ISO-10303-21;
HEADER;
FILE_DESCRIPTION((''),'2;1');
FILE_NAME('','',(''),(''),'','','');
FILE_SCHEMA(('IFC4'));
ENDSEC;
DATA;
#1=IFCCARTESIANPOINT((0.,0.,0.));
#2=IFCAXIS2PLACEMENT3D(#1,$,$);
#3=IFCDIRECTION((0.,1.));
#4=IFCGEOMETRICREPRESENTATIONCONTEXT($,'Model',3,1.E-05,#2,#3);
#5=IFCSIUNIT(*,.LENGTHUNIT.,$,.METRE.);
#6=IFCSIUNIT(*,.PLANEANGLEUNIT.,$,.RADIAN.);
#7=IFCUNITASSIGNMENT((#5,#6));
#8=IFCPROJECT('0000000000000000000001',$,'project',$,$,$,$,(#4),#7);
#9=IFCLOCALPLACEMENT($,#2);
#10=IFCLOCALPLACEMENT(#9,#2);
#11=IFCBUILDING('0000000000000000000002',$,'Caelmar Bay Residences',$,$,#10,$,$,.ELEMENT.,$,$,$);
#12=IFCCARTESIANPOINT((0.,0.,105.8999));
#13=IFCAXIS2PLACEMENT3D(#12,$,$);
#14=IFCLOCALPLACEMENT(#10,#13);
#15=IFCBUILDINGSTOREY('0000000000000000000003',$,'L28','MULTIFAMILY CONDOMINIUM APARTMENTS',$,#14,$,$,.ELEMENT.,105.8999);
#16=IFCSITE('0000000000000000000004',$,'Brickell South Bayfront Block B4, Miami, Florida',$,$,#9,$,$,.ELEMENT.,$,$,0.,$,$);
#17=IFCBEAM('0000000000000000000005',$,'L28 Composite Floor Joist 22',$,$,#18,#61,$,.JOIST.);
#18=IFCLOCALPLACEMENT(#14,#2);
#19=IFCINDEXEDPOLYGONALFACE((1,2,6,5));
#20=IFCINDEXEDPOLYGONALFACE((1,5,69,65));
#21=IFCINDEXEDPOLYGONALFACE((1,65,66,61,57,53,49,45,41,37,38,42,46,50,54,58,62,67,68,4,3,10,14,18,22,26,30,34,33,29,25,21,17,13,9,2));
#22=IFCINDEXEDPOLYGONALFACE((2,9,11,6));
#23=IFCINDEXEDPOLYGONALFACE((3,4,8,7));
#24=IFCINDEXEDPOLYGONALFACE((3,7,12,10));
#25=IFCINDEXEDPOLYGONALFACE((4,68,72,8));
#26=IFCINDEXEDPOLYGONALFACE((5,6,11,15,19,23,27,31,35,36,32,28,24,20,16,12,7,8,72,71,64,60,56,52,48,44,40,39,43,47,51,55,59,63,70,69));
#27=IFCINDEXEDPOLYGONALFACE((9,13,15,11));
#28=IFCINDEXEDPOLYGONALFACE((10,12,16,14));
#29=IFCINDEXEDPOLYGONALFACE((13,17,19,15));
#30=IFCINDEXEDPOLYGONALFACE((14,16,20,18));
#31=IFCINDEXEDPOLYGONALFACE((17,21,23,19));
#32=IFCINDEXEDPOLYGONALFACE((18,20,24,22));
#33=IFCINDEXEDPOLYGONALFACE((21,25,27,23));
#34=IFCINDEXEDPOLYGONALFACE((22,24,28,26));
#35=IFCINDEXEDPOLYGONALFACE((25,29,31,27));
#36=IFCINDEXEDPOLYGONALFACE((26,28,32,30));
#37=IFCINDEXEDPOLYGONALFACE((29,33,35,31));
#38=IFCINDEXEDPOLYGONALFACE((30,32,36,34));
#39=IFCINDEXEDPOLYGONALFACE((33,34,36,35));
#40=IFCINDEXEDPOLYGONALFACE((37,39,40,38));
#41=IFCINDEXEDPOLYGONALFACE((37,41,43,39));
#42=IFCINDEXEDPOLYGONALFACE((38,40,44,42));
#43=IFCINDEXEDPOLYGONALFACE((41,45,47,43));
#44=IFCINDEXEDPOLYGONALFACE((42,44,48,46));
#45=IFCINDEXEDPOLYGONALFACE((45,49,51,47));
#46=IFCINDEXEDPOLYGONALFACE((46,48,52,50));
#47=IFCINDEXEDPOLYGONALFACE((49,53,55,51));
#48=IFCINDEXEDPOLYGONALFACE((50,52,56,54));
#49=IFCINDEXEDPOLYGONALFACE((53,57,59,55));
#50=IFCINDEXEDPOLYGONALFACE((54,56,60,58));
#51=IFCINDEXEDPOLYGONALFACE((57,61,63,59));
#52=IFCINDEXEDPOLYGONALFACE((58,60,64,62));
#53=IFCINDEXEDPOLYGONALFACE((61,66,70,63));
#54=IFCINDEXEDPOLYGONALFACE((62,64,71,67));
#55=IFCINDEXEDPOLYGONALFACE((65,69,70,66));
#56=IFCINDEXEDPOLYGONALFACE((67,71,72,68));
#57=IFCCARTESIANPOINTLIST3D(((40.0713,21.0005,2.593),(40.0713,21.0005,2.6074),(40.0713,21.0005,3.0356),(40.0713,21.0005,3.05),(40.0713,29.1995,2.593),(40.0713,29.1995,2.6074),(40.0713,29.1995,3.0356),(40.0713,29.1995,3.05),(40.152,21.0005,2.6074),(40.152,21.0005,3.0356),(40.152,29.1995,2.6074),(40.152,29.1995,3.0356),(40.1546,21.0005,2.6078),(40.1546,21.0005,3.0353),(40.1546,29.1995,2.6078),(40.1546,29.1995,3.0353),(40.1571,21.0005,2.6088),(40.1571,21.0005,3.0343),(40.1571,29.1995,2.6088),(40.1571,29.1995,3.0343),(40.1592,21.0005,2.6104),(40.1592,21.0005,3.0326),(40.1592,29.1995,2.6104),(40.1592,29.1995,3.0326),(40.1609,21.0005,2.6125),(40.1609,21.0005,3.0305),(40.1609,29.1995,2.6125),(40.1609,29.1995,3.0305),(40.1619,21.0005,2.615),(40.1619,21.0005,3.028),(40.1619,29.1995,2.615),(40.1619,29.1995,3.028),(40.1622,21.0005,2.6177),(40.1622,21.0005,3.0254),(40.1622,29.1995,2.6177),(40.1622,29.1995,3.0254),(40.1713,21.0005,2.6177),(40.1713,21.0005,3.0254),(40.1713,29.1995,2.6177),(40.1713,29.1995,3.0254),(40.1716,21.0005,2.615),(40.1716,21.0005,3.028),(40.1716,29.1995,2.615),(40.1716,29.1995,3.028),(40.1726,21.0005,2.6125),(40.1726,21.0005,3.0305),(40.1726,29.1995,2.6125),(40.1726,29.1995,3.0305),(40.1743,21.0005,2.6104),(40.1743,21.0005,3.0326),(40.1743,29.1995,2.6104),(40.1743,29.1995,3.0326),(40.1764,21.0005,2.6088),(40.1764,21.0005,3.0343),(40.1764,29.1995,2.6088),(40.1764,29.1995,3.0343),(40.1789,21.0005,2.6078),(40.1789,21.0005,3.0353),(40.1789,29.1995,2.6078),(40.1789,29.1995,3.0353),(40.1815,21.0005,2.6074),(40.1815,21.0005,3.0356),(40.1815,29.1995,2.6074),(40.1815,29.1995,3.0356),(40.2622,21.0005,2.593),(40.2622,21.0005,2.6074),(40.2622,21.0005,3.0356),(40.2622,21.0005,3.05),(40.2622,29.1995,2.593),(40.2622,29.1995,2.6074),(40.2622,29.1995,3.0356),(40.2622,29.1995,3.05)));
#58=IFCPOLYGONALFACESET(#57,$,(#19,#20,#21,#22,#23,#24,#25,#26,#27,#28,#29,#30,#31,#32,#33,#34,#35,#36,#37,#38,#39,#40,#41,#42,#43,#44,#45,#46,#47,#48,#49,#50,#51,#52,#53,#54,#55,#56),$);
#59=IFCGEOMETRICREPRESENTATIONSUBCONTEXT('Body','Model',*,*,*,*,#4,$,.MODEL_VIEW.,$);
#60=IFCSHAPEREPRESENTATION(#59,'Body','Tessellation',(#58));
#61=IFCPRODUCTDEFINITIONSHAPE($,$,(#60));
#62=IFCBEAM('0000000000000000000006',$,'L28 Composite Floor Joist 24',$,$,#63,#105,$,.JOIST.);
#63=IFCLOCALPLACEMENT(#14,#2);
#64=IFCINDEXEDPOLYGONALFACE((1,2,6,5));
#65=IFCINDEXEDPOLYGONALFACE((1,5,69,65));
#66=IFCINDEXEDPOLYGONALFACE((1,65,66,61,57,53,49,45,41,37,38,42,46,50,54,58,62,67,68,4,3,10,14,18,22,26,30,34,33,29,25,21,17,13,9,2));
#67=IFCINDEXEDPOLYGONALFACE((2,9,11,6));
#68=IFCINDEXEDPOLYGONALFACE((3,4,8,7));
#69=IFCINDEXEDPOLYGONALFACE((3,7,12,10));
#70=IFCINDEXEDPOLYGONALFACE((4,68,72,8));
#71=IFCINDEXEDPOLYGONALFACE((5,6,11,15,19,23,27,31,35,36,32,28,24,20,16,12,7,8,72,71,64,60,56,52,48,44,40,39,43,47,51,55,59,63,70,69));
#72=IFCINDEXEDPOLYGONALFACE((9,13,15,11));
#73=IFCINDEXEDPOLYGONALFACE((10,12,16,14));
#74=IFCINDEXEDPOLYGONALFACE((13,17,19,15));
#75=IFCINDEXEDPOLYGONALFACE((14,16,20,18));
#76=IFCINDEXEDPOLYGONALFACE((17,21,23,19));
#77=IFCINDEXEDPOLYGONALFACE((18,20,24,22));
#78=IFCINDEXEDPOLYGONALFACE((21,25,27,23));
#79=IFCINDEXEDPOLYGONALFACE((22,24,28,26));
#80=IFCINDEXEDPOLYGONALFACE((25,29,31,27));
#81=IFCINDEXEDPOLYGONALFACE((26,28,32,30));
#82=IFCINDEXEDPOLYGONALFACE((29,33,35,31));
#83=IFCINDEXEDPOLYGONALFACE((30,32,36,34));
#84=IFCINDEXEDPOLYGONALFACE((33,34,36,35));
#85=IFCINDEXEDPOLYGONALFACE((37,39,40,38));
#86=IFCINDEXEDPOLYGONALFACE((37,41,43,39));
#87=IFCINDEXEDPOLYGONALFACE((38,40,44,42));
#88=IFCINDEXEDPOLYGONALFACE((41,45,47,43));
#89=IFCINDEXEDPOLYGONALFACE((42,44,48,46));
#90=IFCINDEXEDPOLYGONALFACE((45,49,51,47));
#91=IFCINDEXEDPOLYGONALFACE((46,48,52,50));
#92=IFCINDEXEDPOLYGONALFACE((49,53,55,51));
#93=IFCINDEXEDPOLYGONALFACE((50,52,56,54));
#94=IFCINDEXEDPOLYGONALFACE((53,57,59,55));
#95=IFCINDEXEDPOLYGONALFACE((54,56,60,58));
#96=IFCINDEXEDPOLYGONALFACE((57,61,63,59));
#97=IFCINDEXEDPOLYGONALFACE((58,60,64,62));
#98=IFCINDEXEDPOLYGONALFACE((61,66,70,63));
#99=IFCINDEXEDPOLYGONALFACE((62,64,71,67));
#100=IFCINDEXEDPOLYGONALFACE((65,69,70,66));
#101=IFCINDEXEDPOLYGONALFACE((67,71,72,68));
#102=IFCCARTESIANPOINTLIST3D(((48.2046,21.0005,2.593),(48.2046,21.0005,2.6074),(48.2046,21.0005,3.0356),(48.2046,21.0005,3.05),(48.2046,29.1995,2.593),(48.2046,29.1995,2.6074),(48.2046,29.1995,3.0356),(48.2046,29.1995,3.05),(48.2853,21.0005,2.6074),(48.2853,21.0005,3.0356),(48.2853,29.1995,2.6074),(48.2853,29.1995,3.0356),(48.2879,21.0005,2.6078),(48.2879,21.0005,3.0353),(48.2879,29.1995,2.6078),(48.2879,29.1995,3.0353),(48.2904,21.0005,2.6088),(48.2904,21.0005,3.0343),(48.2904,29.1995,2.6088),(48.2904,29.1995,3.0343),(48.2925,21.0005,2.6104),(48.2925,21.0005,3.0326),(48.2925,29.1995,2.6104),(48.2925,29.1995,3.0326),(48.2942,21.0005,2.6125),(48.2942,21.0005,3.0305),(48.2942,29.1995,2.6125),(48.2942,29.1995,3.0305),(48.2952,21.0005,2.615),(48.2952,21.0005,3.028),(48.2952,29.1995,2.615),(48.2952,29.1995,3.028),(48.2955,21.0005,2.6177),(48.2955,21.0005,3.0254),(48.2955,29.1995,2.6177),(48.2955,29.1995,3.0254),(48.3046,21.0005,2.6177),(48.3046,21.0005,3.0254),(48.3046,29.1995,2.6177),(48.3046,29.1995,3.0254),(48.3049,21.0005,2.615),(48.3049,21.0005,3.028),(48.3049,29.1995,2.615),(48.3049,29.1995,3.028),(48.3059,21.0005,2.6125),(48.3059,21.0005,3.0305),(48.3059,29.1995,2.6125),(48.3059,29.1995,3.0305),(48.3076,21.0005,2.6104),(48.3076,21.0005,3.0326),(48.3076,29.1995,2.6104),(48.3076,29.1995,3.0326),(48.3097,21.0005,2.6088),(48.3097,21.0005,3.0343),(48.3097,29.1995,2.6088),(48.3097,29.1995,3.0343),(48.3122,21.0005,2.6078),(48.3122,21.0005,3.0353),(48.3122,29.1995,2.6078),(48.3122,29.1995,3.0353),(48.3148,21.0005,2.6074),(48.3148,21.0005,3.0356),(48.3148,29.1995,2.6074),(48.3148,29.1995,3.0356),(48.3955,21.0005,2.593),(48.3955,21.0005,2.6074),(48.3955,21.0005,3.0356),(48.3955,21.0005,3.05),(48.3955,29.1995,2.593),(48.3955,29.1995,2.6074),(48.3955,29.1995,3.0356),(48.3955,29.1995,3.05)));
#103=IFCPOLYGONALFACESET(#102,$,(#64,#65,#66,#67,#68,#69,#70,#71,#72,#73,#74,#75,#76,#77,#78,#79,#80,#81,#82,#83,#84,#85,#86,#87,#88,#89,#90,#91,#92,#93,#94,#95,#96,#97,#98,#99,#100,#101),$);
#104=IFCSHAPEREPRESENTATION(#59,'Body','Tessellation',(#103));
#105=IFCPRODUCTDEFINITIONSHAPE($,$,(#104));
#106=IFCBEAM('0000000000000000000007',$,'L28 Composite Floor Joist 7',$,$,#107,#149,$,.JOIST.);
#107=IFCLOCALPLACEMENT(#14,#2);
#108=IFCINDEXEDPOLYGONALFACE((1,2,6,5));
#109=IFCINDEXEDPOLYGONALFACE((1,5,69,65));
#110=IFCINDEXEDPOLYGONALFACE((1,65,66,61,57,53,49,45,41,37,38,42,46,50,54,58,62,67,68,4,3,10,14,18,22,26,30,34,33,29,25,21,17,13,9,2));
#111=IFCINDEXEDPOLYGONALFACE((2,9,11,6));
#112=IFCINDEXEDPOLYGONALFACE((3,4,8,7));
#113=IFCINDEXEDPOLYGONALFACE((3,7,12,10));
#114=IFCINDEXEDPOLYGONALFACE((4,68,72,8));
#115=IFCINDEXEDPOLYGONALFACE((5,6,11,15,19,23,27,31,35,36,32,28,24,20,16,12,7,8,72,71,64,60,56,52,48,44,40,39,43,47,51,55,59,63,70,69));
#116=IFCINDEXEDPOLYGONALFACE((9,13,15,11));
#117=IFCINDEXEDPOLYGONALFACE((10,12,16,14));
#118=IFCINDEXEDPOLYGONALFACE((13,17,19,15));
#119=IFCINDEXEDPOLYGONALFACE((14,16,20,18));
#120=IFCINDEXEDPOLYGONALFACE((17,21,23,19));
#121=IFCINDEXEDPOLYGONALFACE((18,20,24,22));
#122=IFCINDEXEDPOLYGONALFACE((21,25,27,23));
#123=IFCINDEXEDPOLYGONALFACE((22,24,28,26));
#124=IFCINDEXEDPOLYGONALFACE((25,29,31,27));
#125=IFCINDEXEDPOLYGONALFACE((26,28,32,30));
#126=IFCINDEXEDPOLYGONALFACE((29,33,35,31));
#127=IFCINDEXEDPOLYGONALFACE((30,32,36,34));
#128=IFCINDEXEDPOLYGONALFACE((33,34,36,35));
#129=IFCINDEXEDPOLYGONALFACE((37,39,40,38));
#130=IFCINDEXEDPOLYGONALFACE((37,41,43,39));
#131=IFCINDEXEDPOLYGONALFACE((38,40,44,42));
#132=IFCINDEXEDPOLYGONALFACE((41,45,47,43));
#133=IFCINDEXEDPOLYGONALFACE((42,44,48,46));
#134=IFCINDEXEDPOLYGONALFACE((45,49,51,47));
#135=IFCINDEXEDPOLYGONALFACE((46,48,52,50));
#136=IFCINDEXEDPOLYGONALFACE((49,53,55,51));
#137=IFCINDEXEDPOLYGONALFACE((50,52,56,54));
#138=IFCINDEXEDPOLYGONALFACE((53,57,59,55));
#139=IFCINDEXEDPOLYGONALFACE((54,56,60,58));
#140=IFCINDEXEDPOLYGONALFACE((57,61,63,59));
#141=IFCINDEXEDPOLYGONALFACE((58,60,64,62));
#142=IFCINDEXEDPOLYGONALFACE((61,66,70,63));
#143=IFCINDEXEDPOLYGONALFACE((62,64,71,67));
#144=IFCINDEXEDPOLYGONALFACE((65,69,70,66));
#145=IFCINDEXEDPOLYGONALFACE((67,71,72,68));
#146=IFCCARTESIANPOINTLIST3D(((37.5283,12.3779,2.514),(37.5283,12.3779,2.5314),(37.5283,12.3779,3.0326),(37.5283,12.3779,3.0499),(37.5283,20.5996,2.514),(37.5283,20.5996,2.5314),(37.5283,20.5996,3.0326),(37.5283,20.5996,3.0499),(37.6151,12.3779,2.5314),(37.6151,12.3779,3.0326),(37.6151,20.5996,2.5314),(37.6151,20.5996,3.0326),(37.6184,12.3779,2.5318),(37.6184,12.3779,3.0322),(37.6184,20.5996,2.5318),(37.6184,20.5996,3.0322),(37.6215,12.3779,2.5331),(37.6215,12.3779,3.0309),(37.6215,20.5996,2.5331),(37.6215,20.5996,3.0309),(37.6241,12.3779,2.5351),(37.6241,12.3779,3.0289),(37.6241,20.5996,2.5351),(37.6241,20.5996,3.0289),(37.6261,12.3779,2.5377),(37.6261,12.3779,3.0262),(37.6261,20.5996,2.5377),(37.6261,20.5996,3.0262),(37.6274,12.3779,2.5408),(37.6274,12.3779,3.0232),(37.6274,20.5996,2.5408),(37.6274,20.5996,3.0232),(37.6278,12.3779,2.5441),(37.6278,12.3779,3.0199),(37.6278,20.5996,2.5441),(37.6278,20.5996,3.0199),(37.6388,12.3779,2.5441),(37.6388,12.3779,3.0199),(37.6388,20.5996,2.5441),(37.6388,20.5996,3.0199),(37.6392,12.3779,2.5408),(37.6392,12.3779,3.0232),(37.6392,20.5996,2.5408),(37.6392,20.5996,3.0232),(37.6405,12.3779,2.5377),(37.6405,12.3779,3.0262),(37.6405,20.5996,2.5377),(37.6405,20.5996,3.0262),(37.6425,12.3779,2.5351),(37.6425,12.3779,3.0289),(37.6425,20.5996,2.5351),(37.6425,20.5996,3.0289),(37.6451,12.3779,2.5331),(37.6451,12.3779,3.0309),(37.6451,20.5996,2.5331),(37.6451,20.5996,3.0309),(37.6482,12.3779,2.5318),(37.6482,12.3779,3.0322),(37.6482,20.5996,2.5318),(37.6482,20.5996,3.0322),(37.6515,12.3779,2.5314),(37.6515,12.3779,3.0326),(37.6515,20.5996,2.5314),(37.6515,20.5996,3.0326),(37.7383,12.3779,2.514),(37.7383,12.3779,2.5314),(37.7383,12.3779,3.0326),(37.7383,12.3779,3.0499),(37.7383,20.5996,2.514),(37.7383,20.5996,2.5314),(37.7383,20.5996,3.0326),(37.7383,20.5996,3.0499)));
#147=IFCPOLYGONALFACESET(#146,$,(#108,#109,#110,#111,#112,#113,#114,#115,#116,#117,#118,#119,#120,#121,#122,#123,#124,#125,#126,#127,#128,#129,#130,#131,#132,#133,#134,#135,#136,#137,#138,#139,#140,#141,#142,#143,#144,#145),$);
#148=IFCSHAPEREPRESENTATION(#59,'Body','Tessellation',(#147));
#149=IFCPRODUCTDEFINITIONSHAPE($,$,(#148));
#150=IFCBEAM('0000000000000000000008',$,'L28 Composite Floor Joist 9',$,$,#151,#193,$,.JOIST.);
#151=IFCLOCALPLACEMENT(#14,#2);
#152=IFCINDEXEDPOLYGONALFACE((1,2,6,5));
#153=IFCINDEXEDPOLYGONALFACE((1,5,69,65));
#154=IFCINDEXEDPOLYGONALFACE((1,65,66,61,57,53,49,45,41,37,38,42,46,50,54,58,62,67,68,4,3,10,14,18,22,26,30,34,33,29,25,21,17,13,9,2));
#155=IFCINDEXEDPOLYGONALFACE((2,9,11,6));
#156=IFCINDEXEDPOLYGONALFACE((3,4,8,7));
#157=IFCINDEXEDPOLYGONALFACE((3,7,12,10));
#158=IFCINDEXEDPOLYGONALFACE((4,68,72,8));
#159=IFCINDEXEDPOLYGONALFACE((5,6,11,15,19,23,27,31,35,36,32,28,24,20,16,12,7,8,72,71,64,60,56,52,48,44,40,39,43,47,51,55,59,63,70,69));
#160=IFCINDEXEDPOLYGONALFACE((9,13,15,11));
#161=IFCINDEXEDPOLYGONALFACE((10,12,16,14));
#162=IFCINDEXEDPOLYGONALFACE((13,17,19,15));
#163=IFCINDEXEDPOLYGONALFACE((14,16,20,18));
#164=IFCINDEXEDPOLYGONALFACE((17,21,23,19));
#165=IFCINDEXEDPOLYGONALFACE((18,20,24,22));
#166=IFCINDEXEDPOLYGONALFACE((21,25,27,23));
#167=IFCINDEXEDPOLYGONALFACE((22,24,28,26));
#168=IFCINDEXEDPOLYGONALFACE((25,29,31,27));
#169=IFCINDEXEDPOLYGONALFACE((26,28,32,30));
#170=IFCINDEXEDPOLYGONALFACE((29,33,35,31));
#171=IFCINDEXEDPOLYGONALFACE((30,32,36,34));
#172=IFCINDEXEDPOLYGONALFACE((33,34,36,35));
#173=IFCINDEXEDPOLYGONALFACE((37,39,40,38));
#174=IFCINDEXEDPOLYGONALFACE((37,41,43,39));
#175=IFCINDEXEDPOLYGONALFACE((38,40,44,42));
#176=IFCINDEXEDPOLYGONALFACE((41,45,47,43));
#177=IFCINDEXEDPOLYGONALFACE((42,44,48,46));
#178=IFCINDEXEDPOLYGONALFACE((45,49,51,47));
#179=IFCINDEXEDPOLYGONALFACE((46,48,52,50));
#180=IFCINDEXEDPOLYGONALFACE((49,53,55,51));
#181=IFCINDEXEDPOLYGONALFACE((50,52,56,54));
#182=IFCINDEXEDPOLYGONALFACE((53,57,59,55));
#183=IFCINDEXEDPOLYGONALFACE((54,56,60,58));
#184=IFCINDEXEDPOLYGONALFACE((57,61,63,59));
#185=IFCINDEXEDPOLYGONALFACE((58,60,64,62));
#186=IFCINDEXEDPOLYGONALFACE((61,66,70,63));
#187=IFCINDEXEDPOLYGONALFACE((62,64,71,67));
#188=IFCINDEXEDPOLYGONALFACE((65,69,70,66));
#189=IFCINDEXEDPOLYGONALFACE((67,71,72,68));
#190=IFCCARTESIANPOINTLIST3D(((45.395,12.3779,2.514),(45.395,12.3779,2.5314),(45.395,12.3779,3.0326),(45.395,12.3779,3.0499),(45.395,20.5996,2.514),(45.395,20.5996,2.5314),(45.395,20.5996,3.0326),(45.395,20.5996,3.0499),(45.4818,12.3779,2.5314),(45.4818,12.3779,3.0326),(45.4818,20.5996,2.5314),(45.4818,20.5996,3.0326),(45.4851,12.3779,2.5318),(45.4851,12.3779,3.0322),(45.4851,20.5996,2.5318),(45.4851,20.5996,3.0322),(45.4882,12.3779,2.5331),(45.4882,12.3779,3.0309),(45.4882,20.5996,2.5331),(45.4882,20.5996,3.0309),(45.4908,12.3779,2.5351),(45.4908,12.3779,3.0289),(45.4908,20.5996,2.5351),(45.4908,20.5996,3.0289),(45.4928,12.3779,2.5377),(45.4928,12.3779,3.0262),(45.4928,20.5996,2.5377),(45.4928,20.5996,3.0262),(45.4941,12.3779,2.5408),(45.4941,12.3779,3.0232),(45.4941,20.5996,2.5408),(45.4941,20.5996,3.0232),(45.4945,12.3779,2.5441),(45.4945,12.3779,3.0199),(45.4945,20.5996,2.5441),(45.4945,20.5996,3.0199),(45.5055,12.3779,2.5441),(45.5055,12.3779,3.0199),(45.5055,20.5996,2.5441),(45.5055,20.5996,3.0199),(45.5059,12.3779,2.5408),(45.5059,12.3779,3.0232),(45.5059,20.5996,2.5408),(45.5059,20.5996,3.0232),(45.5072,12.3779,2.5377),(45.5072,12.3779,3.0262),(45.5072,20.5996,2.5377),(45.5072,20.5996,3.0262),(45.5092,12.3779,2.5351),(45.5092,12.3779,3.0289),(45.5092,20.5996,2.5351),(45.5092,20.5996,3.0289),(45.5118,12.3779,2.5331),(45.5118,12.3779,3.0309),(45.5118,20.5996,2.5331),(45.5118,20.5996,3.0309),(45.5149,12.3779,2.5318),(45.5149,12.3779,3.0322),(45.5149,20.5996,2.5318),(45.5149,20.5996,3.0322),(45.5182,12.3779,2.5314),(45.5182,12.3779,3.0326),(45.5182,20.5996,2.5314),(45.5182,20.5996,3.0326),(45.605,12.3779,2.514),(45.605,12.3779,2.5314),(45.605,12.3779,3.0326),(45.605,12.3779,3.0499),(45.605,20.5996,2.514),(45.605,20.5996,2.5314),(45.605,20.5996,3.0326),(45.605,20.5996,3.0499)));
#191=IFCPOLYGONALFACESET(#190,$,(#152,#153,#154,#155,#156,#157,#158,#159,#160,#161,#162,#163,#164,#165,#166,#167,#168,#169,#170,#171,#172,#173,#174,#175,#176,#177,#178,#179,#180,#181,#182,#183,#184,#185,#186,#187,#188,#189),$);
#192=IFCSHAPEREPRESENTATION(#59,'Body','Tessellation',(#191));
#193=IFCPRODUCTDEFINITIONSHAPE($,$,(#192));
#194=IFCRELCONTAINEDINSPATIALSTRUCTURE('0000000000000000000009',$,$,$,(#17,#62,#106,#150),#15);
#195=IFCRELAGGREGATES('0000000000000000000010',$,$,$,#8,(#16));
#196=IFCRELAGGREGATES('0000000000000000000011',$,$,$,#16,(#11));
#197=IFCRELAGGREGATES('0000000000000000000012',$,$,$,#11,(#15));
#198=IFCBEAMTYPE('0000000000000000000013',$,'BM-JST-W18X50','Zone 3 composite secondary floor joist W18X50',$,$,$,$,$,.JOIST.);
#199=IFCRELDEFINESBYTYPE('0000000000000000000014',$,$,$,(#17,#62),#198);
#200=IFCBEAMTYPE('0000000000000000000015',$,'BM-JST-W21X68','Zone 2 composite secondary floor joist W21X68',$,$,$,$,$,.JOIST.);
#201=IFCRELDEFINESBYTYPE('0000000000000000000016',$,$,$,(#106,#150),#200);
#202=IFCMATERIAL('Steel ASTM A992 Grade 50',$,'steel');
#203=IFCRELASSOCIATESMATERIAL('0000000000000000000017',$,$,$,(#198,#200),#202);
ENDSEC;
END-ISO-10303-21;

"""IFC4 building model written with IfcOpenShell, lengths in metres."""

from ifc_helpers import new_model, si_unit, direction, frame, origin, origin_2d, place, context, subcontext, project, spatial, i_section, extrude, material, material_profile, profile_set, type_object, element, save


model = new_model("IFC4")

# Units and contexts
model_context = context("Model", 3, precision=1e-05, world=origin(), true_north=direction((0.0, 1.0)))
body_context = subcontext(model_context, "Body", "Model", "MODEL_VIEW")
ifc_project = project(units=[si_unit("LENGTHUNIT", "METRE"), si_unit("PLANEANGLEUNIT", "RADIAN")], contexts=[model_context])

# Site, building, storey
site_placement = place(None, origin())
site = spatial("IfcSite", under=ifc_project, at=site_placement, Name="Brickell South Bayfront Block B4, Miami, Florida", CompositionType="ELEMENT", RefElevation=0.0)
building_placement = place(site_placement, origin())
building = spatial("IfcBuilding", under=site, at=building_placement, Name="Caelmar Bay Residences", CompositionType="ELEMENT")
storey_placement = place(building_placement, frame((0.0, 0.0, 105.8999)))
storey = spatial("IfcBuildingStorey", under=building, at=storey_placement, Name="L28", Description="MULTIFAMILY CONDOMINIUM APARTMENTS", CompositionType="ELEMENT", Elevation=105.8999)

# Beams
ifc_material_1 = material(Name="Steel ASTM A992 Grade 50", Category="steel")
ifc_material_profile_1 = material_profile(ifc_material_1, i_section(OverallWidth=0.1909, OverallDepth=0.457, WebThickness=0.009, FlangeThickness=0.0144, FilletRadius=0.0103, at=origin_2d()), Name="W18X50")
ifc_profile_set_1 = profile_set([ifc_material_profile_1], Name="Steel ASTM A992 Grade 50")
beam_type_1 = type_object("IfcBeamType", Name="BM-JST-W18X50", Description="Zone 3 composite secondary floor joist W18X50", PredefinedType="JOIST", material=ifc_profile_set_1)
for number, where, z_axis, x_axis, name in (
    (1, (40.1667, 21.0005, 2.8215), (0.0, 1.0, 0.0), (-1.0, 0.0, 0.0), "L28 Composite Floor Joist 22"),
    (2, (48.3, 21.0005, 2.8215), (0.0, 1.0, 0.0), (-1.0, 0.0, 0.0), "L28 Composite Floor Joist 24"),
):
    element("IfcBeam", number, at=place(storey_placement, frame(where, z_axis=z_axis, x_axis=x_axis)), inside=storey, type_object=beam_type_1, Name=name, PredefinedType="JOIST", context=body_context, shape_type="SweptSolid", body=[
        extrude(i_section(OverallWidth=0.1909, OverallDepth=0.457, WebThickness=0.009, FlangeThickness=0.0144, FilletRadius=0.0103, at=origin_2d()), origin(), (0.0, 0.0, 1.0), 8.199),
    ])
ifc_material_profile_2 = material_profile(ifc_material_1, i_section(OverallWidth=0.21, OverallDepth=0.5359, WebThickness=0.011, FlangeThickness=0.0173, FilletRadius=0.0127, at=origin_2d()), Name="W21X68")
ifc_profile_set_2 = profile_set([ifc_material_profile_2], Name="Steel ASTM A992 Grade 50")
beam_type_2 = type_object("IfcBeamType", Name="BM-JST-W21X68", Description="Zone 2 composite secondary floor joist W21X68", PredefinedType="JOIST", material=ifc_profile_set_2)
for number, where, z_axis, x_axis, name in (
    (3, (37.6333, 12.3779, 2.782), (0.0, 1.0, 0.0), (-1.0, 0.0, 0.0), "L28 Composite Floor Joist 7"),
    (4, (45.5, 12.3779, 2.782), (0.0, 1.0, 0.0), (-1.0, 0.0, 0.0), "L28 Composite Floor Joist 9"),
):
    element("IfcBeam", number, at=place(storey_placement, frame(where, z_axis=z_axis, x_axis=x_axis)), inside=storey, type_object=beam_type_2, Name=name, PredefinedType="JOIST", context=body_context, shape_type="SweptSolid", body=[
        extrude(i_section(OverallWidth=0.21, OverallDepth=0.5359, WebThickness=0.011, FlangeThickness=0.0173, FilletRadius=0.0127, at=origin_2d()), origin(), (0.0, 0.0, 1.0), 8.2217),
    ])

save(model, "model.ifc")
